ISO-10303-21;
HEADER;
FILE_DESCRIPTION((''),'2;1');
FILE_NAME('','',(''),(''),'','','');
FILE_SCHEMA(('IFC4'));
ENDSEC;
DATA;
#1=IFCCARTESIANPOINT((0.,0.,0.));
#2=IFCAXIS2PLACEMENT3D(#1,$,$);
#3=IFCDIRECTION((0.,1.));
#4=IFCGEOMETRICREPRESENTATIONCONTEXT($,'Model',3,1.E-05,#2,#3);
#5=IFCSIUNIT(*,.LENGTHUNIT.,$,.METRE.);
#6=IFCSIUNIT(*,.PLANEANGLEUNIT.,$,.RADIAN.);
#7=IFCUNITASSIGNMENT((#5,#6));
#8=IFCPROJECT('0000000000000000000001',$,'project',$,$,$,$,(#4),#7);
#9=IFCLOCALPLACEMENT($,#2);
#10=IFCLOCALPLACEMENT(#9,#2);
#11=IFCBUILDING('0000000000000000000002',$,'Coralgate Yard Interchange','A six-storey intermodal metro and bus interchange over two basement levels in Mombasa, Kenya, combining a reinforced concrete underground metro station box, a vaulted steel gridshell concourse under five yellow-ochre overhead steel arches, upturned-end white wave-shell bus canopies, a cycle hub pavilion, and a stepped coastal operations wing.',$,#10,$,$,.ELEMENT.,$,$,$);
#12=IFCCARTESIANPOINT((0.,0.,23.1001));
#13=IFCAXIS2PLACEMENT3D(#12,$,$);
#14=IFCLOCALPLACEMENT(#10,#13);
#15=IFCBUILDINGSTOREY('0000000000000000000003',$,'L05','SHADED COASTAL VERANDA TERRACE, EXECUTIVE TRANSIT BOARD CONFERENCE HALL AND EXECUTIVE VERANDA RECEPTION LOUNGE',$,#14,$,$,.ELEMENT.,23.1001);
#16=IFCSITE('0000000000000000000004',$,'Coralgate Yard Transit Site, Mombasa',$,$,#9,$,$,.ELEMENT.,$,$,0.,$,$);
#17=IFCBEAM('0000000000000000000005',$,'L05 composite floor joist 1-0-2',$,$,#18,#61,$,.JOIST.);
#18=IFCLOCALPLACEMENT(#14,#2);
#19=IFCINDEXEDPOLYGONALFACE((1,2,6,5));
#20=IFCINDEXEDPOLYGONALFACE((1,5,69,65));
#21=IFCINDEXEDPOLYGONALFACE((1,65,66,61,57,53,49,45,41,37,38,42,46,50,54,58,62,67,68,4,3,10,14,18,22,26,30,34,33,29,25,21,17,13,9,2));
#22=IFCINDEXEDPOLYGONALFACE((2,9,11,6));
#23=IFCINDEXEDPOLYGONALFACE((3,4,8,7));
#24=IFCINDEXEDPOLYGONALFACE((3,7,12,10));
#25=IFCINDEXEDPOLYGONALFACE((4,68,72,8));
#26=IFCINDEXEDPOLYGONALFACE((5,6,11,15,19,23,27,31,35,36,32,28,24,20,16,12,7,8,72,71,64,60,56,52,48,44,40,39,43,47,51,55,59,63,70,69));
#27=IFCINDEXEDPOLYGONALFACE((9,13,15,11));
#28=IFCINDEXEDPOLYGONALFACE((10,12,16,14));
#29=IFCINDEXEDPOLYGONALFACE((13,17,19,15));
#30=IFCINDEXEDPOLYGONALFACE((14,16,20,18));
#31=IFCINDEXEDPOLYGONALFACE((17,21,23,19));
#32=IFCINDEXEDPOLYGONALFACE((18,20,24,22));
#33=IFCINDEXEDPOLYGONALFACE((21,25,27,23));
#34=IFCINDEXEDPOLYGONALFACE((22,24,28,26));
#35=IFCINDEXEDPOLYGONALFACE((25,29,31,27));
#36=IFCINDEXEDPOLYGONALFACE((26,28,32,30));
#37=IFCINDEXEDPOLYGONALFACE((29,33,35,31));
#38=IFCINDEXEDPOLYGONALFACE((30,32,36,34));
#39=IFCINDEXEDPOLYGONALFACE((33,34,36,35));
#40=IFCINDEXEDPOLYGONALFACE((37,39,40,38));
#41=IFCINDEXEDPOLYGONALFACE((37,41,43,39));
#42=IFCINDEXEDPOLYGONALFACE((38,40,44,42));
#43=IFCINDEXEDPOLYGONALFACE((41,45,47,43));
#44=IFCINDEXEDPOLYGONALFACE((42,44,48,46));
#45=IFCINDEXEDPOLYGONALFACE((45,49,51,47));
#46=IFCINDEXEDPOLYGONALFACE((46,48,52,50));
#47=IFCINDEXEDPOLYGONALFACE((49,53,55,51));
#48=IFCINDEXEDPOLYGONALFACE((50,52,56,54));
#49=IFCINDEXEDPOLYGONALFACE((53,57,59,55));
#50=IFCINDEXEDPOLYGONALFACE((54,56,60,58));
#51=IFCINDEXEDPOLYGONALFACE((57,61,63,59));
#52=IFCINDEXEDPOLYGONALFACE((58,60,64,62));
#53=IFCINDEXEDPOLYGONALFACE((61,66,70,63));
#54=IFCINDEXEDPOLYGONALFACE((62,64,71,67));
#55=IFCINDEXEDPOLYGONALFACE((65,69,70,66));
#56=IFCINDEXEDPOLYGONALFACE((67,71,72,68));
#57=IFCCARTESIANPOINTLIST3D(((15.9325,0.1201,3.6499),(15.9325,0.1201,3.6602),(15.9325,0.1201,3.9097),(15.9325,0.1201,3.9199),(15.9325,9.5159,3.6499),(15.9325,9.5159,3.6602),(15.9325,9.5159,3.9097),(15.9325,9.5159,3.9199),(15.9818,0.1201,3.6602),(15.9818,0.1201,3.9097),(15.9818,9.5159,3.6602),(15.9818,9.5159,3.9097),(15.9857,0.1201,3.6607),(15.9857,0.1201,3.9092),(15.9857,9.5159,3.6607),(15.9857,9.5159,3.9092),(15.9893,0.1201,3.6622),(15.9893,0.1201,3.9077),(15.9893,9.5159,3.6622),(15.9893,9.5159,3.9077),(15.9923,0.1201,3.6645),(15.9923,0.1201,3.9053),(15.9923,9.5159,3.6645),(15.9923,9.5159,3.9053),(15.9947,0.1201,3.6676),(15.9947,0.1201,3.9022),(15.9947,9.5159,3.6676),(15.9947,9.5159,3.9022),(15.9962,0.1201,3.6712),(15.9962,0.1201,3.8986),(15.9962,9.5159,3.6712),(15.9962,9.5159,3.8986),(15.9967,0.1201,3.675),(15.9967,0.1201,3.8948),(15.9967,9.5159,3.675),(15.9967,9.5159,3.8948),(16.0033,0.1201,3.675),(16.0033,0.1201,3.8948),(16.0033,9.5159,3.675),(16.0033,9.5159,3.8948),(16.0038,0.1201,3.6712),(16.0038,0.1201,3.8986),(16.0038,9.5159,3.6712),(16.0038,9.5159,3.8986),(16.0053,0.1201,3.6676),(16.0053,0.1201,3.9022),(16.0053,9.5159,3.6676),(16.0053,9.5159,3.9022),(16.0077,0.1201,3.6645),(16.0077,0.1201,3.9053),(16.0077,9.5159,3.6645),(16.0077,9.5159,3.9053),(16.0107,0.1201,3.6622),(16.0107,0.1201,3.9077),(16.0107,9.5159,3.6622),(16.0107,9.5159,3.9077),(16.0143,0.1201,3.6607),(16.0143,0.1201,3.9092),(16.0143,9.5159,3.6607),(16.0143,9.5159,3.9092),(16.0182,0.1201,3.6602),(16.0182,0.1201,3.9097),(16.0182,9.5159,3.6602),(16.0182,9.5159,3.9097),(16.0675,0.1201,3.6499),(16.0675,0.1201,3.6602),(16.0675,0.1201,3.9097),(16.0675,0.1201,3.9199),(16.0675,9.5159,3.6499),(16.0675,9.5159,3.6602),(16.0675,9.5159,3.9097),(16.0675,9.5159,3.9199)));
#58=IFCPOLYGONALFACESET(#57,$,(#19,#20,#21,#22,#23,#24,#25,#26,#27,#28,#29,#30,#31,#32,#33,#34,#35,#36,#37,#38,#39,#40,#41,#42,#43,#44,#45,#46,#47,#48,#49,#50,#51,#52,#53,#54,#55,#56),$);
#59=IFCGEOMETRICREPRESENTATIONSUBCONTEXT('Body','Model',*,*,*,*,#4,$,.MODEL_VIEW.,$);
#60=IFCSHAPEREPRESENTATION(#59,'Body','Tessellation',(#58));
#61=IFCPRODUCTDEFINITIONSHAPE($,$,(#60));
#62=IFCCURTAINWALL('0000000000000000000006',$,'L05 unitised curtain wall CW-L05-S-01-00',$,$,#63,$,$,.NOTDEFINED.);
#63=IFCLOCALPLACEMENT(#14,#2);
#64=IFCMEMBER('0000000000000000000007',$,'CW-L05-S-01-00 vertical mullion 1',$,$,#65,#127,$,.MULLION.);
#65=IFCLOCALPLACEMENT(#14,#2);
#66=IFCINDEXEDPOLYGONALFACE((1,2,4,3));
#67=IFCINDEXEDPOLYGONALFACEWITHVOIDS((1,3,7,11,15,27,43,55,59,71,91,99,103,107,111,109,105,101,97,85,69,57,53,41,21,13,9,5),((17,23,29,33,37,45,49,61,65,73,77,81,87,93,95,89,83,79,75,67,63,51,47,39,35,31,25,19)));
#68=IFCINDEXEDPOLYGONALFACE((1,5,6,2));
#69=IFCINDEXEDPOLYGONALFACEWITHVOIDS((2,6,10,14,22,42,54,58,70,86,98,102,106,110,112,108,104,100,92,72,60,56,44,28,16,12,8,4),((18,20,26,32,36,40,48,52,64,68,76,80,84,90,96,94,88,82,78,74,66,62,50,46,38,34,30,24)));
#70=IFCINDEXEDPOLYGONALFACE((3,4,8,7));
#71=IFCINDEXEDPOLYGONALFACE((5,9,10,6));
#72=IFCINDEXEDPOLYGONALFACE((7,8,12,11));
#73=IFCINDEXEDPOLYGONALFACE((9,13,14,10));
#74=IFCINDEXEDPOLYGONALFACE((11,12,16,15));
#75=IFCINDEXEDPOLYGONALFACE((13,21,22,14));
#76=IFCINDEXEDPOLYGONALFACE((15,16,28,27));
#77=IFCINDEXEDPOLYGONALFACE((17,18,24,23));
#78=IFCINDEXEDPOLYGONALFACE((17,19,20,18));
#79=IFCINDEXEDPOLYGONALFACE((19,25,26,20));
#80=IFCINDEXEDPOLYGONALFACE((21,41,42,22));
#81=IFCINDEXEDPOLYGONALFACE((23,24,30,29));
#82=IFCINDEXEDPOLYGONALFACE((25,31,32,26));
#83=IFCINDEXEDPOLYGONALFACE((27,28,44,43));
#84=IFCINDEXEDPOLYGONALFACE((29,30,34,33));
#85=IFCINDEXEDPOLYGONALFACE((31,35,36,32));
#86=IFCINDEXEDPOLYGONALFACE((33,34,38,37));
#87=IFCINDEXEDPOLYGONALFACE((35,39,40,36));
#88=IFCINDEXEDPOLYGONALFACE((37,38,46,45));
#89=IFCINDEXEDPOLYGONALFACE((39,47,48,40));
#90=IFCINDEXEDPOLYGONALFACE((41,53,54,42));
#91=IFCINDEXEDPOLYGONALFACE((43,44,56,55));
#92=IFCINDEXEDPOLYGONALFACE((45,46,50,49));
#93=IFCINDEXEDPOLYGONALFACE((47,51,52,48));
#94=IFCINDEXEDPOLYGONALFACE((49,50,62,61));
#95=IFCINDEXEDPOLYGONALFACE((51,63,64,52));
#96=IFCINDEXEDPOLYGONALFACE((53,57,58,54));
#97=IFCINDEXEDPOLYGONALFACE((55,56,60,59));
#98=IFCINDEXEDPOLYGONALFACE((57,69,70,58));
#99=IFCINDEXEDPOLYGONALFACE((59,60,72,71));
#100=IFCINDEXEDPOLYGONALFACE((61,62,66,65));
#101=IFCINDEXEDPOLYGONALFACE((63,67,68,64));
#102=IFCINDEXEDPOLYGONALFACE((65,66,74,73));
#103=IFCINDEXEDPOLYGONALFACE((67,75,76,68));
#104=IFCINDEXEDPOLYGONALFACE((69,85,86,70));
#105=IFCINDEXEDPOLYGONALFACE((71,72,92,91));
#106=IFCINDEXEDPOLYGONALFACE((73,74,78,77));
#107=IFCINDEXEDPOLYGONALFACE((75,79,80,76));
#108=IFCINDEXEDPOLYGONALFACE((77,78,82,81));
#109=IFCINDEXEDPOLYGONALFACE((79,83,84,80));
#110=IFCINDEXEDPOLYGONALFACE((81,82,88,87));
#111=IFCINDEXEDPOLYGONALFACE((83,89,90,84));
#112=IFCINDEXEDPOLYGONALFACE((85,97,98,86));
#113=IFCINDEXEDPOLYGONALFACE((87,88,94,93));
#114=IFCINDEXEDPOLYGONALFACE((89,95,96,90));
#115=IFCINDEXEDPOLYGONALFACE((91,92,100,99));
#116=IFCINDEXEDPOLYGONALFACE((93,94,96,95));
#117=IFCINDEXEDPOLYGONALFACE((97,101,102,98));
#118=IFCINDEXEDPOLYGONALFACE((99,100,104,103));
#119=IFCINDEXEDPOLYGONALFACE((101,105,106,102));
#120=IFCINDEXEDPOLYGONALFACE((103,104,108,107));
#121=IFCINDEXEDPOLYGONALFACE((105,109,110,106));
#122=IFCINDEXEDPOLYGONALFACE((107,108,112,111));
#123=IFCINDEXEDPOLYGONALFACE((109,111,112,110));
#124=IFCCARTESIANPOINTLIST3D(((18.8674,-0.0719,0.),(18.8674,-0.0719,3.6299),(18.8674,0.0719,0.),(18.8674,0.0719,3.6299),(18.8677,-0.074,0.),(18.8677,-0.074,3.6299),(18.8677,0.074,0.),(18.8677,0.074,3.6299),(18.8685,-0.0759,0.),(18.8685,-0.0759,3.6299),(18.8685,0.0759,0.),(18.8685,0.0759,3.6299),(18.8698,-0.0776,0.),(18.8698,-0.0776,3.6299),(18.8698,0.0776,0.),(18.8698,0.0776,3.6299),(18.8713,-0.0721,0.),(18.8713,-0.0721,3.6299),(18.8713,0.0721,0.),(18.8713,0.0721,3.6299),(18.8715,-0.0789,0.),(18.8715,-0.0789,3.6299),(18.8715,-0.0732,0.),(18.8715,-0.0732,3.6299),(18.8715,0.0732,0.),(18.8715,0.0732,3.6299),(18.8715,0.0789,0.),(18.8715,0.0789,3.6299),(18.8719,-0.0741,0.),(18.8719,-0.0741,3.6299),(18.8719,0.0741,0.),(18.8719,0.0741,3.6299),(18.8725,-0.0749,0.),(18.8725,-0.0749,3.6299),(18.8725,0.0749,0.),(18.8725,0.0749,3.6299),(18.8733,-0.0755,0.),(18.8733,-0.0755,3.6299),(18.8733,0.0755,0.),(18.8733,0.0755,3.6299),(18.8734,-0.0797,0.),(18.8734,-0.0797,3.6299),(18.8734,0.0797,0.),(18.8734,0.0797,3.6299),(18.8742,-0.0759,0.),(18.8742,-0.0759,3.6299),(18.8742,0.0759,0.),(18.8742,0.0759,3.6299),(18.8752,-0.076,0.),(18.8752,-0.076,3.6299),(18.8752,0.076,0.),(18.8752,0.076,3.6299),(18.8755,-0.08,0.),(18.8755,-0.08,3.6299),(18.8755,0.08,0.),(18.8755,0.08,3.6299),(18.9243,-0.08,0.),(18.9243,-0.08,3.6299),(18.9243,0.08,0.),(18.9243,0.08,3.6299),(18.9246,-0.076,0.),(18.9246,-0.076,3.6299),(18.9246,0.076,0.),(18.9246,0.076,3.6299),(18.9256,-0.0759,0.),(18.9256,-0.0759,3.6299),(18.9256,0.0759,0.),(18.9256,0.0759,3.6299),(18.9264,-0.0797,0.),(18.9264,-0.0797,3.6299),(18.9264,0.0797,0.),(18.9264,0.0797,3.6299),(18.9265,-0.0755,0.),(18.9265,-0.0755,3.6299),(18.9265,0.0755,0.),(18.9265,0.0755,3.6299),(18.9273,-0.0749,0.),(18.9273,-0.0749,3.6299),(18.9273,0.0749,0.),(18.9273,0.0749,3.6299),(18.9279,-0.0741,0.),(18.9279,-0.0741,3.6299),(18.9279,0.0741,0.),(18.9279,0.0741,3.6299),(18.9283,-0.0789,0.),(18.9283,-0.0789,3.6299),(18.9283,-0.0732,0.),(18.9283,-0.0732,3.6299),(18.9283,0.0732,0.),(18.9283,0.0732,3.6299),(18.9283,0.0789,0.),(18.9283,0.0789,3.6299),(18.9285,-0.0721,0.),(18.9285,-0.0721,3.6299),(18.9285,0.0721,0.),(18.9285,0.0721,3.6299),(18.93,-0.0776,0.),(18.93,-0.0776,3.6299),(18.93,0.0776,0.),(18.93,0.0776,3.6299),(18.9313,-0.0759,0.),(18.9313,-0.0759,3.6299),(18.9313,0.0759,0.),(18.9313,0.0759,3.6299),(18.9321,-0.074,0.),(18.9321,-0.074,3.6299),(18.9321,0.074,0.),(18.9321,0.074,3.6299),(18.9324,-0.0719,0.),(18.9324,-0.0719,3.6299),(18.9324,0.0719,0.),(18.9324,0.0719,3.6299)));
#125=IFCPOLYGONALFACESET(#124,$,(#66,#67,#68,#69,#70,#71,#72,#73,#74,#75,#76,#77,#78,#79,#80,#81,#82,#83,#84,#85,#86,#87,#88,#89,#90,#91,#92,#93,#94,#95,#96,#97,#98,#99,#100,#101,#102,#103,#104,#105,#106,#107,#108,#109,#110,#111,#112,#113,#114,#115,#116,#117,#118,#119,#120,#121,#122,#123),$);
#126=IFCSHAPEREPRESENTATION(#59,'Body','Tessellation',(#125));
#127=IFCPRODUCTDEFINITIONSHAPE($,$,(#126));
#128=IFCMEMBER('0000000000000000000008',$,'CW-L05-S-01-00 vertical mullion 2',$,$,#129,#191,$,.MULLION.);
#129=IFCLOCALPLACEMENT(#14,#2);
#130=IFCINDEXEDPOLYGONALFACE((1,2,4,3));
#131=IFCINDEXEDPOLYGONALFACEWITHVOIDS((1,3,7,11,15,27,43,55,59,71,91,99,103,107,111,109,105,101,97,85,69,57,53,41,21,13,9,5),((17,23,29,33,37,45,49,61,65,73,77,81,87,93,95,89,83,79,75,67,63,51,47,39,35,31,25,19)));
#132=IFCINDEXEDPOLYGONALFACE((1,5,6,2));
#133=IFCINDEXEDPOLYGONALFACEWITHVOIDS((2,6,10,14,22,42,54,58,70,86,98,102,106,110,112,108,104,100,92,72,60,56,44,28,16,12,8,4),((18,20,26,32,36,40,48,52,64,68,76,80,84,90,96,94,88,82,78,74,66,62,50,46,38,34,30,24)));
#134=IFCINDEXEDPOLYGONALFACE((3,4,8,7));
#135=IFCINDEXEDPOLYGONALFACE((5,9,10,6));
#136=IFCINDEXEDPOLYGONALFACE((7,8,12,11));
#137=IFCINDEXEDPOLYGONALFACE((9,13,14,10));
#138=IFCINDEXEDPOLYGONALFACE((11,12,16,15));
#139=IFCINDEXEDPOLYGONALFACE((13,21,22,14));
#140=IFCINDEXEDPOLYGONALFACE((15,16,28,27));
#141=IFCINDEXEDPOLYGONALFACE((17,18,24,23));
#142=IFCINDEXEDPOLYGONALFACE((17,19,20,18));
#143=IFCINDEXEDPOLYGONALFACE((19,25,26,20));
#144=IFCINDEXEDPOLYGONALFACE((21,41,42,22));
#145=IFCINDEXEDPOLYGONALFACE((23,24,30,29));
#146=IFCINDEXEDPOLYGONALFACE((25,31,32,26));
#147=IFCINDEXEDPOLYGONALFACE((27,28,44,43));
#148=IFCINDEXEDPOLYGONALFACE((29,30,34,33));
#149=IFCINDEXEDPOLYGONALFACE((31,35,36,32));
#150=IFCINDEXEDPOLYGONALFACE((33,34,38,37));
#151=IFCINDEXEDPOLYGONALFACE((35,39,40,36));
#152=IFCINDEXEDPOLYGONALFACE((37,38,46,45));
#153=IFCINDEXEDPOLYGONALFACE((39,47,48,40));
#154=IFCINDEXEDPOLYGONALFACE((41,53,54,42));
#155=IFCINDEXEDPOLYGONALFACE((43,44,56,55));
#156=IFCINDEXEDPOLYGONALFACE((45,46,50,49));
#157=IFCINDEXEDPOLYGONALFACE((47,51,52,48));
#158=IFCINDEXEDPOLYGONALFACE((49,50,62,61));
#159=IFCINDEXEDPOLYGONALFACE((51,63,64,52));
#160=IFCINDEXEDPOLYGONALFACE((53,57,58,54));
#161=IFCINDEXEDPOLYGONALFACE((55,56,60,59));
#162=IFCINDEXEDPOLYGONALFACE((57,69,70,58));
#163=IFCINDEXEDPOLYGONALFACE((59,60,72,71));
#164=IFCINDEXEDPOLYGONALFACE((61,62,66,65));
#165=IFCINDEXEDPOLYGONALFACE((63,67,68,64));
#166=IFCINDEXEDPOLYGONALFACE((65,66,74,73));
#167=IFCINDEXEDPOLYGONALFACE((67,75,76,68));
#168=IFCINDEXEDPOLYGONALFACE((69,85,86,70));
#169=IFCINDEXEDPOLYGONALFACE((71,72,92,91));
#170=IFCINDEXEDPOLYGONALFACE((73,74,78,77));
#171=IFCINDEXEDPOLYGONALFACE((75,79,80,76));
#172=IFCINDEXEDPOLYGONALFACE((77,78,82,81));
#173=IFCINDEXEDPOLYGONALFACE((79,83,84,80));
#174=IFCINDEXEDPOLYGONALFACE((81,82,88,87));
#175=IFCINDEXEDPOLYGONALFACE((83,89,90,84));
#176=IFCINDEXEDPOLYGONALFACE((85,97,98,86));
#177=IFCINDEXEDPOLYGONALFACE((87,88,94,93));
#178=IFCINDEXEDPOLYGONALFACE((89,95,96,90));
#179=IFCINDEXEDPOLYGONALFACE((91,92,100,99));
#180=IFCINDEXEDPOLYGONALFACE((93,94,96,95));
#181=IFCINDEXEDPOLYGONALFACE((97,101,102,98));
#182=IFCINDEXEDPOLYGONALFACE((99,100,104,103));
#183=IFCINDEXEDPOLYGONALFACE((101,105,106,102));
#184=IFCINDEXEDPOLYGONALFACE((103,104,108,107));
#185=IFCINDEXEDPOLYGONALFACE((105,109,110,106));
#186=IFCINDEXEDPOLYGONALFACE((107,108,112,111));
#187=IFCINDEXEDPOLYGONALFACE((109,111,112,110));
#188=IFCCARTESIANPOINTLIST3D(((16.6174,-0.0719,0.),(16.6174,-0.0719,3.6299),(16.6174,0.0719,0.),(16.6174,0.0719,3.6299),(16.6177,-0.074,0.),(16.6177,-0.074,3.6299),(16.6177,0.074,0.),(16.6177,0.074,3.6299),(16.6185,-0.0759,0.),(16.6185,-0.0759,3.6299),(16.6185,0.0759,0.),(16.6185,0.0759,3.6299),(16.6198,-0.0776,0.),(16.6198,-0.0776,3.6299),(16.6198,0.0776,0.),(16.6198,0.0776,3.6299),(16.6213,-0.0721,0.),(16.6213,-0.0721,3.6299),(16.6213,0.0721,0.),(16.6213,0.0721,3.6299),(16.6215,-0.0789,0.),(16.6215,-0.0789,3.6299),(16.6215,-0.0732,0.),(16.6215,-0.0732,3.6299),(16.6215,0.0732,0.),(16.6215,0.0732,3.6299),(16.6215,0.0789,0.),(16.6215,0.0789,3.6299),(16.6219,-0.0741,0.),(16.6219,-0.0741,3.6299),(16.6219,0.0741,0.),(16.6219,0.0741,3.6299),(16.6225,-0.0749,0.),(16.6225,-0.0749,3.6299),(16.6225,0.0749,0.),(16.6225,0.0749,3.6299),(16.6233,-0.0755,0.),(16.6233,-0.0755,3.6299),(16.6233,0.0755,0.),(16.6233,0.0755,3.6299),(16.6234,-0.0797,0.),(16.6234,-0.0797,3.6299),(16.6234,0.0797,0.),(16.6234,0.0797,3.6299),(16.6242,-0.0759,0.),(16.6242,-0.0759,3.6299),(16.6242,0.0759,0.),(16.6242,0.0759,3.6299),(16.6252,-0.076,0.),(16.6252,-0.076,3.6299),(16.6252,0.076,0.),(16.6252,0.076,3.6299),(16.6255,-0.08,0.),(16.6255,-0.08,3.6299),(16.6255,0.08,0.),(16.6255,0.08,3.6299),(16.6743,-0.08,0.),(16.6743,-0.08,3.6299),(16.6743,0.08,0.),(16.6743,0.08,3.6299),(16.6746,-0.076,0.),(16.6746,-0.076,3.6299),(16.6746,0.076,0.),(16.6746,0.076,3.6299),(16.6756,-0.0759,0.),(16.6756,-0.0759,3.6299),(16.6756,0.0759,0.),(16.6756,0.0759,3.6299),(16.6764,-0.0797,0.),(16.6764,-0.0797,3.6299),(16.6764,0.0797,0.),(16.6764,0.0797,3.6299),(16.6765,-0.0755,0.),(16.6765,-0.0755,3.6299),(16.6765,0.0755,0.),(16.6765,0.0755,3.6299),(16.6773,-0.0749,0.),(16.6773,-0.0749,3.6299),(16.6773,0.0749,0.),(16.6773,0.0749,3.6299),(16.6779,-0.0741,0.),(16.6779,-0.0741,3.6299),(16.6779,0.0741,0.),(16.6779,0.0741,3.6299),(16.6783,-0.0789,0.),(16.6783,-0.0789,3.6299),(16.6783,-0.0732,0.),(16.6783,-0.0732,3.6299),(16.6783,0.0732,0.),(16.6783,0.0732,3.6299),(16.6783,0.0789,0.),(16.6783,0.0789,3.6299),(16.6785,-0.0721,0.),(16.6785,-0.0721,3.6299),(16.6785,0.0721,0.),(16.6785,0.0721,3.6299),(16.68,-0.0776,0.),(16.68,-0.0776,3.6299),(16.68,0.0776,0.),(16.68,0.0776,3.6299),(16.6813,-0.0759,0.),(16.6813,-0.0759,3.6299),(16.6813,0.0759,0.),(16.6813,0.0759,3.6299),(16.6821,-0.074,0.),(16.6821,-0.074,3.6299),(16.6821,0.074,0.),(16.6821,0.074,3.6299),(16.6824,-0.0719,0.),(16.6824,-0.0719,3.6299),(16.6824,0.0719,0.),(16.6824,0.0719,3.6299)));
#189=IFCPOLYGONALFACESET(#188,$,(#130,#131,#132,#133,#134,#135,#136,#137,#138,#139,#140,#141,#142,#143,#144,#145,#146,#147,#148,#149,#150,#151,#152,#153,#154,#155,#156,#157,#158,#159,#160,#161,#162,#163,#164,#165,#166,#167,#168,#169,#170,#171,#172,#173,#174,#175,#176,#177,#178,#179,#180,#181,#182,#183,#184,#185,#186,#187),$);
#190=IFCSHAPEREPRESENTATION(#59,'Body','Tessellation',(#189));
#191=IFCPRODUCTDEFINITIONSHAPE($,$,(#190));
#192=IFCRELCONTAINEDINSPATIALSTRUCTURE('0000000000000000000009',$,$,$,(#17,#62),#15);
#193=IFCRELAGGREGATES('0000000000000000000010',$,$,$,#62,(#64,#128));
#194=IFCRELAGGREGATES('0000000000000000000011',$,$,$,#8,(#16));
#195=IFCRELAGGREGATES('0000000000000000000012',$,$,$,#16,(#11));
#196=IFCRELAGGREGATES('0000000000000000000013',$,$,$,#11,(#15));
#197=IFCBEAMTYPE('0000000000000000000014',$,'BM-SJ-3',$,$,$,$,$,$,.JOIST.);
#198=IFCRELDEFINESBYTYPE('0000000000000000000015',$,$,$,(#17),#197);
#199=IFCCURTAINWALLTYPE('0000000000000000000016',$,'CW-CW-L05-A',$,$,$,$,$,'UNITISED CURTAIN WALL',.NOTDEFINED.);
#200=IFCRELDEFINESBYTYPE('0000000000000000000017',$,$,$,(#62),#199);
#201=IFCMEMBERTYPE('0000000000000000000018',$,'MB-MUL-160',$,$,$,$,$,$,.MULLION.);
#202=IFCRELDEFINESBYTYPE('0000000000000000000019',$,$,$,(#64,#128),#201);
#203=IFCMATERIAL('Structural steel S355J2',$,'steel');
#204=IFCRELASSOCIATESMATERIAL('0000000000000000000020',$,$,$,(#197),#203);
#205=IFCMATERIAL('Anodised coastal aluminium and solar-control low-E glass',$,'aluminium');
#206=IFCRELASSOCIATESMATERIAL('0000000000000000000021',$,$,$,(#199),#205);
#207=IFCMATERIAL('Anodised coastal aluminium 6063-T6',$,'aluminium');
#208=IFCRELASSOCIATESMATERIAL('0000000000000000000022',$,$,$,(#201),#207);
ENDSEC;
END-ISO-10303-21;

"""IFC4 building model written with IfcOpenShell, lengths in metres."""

from ifc_helpers import new_model, si_unit, direction, frame, origin, origin_2d, place, context, subcontext, project, spatial, hollow_rectangle, i_section, extrude, material, material_profile, profile_set, type_object, element, aggregate, save


model = new_model("IFC4")

# Units and contexts
model_context = context("Model", 3, precision=1e-05, world=origin(), true_north=direction((0.0, 1.0)))
body_context = subcontext(model_context, "Body", "Model", "MODEL_VIEW")
ifc_project = project(units=[si_unit("LENGTHUNIT", "METRE"), si_unit("PLANEANGLEUNIT", "RADIAN")], contexts=[model_context])

# Site, building, storey
site_placement = place(None, origin())
site = spatial("IfcSite", under=ifc_project, at=site_placement, Name="Coralgate Yard Transit Site, Mombasa", CompositionType="ELEMENT", RefElevation=0.0)
building_placement = place(site_placement, origin())
building = spatial("IfcBuilding", under=site, at=building_placement, Name="Coralgate Yard Interchange", Description="A six-storey intermodal metro and bus interchange over two basement levels in Mombasa, Kenya, combining a reinforced concrete underground metro station box, a vaulted steel gridshell concourse under five yellow-ochre overhead steel arches, upturned-end white wave-shell bus canopies, a cycle hub pavilion, and a stepped coastal operations wing.", CompositionType="ELEMENT")
storey_placement = place(building_placement, frame((0.0, 0.0, 23.1001)))
storey = spatial("IfcBuildingStorey", under=building, at=storey_placement, Name="L05", Description="SHADED COASTAL VERANDA TERRACE, EXECUTIVE TRANSIT BOARD CONFERENCE HALL AND EXECUTIVE VERANDA RECEPTION LOUNGE", CompositionType="ELEMENT", Elevation=23.1001)

# Shared definitions
ifc_material_1 = material(Name="Structural steel S355J2", Category="steel")

# Beam
ifc_material_profile_1 = material_profile(ifc_material_1, i_section(OverallWidth=0.135, OverallDepth=0.27, WebThickness=0.0066, FlangeThickness=0.0103, FilletRadius=0.0149, at=origin_2d()), Name="IPE 270")
ifc_profile_set_1 = profile_set([ifc_material_profile_1], Name="Structural steel S355J2")
beam_type_1 = type_object("IfcBeamType", Name="BM-SJ-3", PredefinedType="JOIST", material=ifc_profile_set_1)
for number, where, z_axis, x_axis, name in (
    (1, (16.0, 0.1201, 3.7849), (0.0, 1.0, 0.0), (-1.0, 0.0, 0.0), "L05 composite floor joist 1-0-2"),
):
    element("IfcBeam", number, at=place(storey_placement, frame(where, z_axis=z_axis, x_axis=x_axis)), inside=storey, type_object=beam_type_1, Name=name, PredefinedType="JOIST", context=body_context, shape_type="SweptSolid", body=[
        extrude(i_section(OverallWidth=0.135, OverallDepth=0.27, WebThickness=0.0066, FlangeThickness=0.0103, FilletRadius=0.0149, at=origin_2d()), origin(), (0.0, 0.0, 1.0), 9.3958),
    ])

# Curtain wall, members
ifc_material_2 = material(Name="Anodised coastal aluminium and solar-control low-E glass", Category="aluminium")
curtain_wall_type = type_object("IfcCurtainWallType", Name="CW-CW-L05-A", ElementType="UNITISED CURTAIN WALL", PredefinedType="NOTDEFINED", material=ifc_material_2)
curtain_wall_placement = place(storey_placement, origin())
curtain_wall = element("IfcCurtainWall", 2, at=curtain_wall_placement, inside=storey, type_object=curtain_wall_type, Name="L05 unitised curtain wall CW-L05-S-01-00", PredefinedType="NOTDEFINED")
ifc_material_3 = material(Name="Anodised coastal aluminium 6063-T6", Category="aluminium")
ifc_material_profile_2 = material_profile(ifc_material_3, hollow_rectangle(XDim=0.0649, YDim=0.1599, WallThickness=0.0039, InnerFilletRadius=0.0039, OuterFilletRadius=0.0081, at=origin_2d()), Name="ALU 65x160x4")
ifc_profile_set_2 = profile_set([ifc_material_profile_2], Name="Anodised coastal aluminium 6063-T6")
member_type_1 = type_object("IfcMemberType", Name="MB-MUL-160", PredefinedType="MULLION", material=ifc_profile_set_2)
member_1_placement = place(storey_placement, frame((18.8999, 0.0, 0.0), z_axis=(0.0, 0.0, 1.0), x_axis=(1.0, 0.0, 0.0)))
member_1 = element("IfcMember", 3, at=member_1_placement, type_object=member_type_1, Name="CW-L05-S-01-00 vertical mullion 1", PredefinedType="MULLION", context=body_context, shape_type="SweptSolid", body=[
    extrude(hollow_rectangle(XDim=0.0649, YDim=0.1599, WallThickness=0.0039, InnerFilletRadius=0.0039, OuterFilletRadius=0.0081, at=origin_2d()), origin(), (0.0, 0.0, 1.0), 3.6299),
])
member_2_placement = place(storey_placement, frame((16.6499, 0.0, 0.0), z_axis=(0.0, 0.0, 1.0), x_axis=(1.0, 0.0, 0.0)))
member_2 = element("IfcMember", 4, at=member_2_placement, type_object=member_type_1, Name="CW-L05-S-01-00 vertical mullion 2", PredefinedType="MULLION", context=body_context, shape_type="SweptSolid", body=[
    extrude(hollow_rectangle(XDim=0.0649, YDim=0.1599, WallThickness=0.0039, InnerFilletRadius=0.0039, OuterFilletRadius=0.0081, at=origin_2d()), origin(), (0.0, 0.0, 1.0), 3.6299),
])
aggregate(curtain_wall, [member_1, member_2])

save(model, "model.ifc")
